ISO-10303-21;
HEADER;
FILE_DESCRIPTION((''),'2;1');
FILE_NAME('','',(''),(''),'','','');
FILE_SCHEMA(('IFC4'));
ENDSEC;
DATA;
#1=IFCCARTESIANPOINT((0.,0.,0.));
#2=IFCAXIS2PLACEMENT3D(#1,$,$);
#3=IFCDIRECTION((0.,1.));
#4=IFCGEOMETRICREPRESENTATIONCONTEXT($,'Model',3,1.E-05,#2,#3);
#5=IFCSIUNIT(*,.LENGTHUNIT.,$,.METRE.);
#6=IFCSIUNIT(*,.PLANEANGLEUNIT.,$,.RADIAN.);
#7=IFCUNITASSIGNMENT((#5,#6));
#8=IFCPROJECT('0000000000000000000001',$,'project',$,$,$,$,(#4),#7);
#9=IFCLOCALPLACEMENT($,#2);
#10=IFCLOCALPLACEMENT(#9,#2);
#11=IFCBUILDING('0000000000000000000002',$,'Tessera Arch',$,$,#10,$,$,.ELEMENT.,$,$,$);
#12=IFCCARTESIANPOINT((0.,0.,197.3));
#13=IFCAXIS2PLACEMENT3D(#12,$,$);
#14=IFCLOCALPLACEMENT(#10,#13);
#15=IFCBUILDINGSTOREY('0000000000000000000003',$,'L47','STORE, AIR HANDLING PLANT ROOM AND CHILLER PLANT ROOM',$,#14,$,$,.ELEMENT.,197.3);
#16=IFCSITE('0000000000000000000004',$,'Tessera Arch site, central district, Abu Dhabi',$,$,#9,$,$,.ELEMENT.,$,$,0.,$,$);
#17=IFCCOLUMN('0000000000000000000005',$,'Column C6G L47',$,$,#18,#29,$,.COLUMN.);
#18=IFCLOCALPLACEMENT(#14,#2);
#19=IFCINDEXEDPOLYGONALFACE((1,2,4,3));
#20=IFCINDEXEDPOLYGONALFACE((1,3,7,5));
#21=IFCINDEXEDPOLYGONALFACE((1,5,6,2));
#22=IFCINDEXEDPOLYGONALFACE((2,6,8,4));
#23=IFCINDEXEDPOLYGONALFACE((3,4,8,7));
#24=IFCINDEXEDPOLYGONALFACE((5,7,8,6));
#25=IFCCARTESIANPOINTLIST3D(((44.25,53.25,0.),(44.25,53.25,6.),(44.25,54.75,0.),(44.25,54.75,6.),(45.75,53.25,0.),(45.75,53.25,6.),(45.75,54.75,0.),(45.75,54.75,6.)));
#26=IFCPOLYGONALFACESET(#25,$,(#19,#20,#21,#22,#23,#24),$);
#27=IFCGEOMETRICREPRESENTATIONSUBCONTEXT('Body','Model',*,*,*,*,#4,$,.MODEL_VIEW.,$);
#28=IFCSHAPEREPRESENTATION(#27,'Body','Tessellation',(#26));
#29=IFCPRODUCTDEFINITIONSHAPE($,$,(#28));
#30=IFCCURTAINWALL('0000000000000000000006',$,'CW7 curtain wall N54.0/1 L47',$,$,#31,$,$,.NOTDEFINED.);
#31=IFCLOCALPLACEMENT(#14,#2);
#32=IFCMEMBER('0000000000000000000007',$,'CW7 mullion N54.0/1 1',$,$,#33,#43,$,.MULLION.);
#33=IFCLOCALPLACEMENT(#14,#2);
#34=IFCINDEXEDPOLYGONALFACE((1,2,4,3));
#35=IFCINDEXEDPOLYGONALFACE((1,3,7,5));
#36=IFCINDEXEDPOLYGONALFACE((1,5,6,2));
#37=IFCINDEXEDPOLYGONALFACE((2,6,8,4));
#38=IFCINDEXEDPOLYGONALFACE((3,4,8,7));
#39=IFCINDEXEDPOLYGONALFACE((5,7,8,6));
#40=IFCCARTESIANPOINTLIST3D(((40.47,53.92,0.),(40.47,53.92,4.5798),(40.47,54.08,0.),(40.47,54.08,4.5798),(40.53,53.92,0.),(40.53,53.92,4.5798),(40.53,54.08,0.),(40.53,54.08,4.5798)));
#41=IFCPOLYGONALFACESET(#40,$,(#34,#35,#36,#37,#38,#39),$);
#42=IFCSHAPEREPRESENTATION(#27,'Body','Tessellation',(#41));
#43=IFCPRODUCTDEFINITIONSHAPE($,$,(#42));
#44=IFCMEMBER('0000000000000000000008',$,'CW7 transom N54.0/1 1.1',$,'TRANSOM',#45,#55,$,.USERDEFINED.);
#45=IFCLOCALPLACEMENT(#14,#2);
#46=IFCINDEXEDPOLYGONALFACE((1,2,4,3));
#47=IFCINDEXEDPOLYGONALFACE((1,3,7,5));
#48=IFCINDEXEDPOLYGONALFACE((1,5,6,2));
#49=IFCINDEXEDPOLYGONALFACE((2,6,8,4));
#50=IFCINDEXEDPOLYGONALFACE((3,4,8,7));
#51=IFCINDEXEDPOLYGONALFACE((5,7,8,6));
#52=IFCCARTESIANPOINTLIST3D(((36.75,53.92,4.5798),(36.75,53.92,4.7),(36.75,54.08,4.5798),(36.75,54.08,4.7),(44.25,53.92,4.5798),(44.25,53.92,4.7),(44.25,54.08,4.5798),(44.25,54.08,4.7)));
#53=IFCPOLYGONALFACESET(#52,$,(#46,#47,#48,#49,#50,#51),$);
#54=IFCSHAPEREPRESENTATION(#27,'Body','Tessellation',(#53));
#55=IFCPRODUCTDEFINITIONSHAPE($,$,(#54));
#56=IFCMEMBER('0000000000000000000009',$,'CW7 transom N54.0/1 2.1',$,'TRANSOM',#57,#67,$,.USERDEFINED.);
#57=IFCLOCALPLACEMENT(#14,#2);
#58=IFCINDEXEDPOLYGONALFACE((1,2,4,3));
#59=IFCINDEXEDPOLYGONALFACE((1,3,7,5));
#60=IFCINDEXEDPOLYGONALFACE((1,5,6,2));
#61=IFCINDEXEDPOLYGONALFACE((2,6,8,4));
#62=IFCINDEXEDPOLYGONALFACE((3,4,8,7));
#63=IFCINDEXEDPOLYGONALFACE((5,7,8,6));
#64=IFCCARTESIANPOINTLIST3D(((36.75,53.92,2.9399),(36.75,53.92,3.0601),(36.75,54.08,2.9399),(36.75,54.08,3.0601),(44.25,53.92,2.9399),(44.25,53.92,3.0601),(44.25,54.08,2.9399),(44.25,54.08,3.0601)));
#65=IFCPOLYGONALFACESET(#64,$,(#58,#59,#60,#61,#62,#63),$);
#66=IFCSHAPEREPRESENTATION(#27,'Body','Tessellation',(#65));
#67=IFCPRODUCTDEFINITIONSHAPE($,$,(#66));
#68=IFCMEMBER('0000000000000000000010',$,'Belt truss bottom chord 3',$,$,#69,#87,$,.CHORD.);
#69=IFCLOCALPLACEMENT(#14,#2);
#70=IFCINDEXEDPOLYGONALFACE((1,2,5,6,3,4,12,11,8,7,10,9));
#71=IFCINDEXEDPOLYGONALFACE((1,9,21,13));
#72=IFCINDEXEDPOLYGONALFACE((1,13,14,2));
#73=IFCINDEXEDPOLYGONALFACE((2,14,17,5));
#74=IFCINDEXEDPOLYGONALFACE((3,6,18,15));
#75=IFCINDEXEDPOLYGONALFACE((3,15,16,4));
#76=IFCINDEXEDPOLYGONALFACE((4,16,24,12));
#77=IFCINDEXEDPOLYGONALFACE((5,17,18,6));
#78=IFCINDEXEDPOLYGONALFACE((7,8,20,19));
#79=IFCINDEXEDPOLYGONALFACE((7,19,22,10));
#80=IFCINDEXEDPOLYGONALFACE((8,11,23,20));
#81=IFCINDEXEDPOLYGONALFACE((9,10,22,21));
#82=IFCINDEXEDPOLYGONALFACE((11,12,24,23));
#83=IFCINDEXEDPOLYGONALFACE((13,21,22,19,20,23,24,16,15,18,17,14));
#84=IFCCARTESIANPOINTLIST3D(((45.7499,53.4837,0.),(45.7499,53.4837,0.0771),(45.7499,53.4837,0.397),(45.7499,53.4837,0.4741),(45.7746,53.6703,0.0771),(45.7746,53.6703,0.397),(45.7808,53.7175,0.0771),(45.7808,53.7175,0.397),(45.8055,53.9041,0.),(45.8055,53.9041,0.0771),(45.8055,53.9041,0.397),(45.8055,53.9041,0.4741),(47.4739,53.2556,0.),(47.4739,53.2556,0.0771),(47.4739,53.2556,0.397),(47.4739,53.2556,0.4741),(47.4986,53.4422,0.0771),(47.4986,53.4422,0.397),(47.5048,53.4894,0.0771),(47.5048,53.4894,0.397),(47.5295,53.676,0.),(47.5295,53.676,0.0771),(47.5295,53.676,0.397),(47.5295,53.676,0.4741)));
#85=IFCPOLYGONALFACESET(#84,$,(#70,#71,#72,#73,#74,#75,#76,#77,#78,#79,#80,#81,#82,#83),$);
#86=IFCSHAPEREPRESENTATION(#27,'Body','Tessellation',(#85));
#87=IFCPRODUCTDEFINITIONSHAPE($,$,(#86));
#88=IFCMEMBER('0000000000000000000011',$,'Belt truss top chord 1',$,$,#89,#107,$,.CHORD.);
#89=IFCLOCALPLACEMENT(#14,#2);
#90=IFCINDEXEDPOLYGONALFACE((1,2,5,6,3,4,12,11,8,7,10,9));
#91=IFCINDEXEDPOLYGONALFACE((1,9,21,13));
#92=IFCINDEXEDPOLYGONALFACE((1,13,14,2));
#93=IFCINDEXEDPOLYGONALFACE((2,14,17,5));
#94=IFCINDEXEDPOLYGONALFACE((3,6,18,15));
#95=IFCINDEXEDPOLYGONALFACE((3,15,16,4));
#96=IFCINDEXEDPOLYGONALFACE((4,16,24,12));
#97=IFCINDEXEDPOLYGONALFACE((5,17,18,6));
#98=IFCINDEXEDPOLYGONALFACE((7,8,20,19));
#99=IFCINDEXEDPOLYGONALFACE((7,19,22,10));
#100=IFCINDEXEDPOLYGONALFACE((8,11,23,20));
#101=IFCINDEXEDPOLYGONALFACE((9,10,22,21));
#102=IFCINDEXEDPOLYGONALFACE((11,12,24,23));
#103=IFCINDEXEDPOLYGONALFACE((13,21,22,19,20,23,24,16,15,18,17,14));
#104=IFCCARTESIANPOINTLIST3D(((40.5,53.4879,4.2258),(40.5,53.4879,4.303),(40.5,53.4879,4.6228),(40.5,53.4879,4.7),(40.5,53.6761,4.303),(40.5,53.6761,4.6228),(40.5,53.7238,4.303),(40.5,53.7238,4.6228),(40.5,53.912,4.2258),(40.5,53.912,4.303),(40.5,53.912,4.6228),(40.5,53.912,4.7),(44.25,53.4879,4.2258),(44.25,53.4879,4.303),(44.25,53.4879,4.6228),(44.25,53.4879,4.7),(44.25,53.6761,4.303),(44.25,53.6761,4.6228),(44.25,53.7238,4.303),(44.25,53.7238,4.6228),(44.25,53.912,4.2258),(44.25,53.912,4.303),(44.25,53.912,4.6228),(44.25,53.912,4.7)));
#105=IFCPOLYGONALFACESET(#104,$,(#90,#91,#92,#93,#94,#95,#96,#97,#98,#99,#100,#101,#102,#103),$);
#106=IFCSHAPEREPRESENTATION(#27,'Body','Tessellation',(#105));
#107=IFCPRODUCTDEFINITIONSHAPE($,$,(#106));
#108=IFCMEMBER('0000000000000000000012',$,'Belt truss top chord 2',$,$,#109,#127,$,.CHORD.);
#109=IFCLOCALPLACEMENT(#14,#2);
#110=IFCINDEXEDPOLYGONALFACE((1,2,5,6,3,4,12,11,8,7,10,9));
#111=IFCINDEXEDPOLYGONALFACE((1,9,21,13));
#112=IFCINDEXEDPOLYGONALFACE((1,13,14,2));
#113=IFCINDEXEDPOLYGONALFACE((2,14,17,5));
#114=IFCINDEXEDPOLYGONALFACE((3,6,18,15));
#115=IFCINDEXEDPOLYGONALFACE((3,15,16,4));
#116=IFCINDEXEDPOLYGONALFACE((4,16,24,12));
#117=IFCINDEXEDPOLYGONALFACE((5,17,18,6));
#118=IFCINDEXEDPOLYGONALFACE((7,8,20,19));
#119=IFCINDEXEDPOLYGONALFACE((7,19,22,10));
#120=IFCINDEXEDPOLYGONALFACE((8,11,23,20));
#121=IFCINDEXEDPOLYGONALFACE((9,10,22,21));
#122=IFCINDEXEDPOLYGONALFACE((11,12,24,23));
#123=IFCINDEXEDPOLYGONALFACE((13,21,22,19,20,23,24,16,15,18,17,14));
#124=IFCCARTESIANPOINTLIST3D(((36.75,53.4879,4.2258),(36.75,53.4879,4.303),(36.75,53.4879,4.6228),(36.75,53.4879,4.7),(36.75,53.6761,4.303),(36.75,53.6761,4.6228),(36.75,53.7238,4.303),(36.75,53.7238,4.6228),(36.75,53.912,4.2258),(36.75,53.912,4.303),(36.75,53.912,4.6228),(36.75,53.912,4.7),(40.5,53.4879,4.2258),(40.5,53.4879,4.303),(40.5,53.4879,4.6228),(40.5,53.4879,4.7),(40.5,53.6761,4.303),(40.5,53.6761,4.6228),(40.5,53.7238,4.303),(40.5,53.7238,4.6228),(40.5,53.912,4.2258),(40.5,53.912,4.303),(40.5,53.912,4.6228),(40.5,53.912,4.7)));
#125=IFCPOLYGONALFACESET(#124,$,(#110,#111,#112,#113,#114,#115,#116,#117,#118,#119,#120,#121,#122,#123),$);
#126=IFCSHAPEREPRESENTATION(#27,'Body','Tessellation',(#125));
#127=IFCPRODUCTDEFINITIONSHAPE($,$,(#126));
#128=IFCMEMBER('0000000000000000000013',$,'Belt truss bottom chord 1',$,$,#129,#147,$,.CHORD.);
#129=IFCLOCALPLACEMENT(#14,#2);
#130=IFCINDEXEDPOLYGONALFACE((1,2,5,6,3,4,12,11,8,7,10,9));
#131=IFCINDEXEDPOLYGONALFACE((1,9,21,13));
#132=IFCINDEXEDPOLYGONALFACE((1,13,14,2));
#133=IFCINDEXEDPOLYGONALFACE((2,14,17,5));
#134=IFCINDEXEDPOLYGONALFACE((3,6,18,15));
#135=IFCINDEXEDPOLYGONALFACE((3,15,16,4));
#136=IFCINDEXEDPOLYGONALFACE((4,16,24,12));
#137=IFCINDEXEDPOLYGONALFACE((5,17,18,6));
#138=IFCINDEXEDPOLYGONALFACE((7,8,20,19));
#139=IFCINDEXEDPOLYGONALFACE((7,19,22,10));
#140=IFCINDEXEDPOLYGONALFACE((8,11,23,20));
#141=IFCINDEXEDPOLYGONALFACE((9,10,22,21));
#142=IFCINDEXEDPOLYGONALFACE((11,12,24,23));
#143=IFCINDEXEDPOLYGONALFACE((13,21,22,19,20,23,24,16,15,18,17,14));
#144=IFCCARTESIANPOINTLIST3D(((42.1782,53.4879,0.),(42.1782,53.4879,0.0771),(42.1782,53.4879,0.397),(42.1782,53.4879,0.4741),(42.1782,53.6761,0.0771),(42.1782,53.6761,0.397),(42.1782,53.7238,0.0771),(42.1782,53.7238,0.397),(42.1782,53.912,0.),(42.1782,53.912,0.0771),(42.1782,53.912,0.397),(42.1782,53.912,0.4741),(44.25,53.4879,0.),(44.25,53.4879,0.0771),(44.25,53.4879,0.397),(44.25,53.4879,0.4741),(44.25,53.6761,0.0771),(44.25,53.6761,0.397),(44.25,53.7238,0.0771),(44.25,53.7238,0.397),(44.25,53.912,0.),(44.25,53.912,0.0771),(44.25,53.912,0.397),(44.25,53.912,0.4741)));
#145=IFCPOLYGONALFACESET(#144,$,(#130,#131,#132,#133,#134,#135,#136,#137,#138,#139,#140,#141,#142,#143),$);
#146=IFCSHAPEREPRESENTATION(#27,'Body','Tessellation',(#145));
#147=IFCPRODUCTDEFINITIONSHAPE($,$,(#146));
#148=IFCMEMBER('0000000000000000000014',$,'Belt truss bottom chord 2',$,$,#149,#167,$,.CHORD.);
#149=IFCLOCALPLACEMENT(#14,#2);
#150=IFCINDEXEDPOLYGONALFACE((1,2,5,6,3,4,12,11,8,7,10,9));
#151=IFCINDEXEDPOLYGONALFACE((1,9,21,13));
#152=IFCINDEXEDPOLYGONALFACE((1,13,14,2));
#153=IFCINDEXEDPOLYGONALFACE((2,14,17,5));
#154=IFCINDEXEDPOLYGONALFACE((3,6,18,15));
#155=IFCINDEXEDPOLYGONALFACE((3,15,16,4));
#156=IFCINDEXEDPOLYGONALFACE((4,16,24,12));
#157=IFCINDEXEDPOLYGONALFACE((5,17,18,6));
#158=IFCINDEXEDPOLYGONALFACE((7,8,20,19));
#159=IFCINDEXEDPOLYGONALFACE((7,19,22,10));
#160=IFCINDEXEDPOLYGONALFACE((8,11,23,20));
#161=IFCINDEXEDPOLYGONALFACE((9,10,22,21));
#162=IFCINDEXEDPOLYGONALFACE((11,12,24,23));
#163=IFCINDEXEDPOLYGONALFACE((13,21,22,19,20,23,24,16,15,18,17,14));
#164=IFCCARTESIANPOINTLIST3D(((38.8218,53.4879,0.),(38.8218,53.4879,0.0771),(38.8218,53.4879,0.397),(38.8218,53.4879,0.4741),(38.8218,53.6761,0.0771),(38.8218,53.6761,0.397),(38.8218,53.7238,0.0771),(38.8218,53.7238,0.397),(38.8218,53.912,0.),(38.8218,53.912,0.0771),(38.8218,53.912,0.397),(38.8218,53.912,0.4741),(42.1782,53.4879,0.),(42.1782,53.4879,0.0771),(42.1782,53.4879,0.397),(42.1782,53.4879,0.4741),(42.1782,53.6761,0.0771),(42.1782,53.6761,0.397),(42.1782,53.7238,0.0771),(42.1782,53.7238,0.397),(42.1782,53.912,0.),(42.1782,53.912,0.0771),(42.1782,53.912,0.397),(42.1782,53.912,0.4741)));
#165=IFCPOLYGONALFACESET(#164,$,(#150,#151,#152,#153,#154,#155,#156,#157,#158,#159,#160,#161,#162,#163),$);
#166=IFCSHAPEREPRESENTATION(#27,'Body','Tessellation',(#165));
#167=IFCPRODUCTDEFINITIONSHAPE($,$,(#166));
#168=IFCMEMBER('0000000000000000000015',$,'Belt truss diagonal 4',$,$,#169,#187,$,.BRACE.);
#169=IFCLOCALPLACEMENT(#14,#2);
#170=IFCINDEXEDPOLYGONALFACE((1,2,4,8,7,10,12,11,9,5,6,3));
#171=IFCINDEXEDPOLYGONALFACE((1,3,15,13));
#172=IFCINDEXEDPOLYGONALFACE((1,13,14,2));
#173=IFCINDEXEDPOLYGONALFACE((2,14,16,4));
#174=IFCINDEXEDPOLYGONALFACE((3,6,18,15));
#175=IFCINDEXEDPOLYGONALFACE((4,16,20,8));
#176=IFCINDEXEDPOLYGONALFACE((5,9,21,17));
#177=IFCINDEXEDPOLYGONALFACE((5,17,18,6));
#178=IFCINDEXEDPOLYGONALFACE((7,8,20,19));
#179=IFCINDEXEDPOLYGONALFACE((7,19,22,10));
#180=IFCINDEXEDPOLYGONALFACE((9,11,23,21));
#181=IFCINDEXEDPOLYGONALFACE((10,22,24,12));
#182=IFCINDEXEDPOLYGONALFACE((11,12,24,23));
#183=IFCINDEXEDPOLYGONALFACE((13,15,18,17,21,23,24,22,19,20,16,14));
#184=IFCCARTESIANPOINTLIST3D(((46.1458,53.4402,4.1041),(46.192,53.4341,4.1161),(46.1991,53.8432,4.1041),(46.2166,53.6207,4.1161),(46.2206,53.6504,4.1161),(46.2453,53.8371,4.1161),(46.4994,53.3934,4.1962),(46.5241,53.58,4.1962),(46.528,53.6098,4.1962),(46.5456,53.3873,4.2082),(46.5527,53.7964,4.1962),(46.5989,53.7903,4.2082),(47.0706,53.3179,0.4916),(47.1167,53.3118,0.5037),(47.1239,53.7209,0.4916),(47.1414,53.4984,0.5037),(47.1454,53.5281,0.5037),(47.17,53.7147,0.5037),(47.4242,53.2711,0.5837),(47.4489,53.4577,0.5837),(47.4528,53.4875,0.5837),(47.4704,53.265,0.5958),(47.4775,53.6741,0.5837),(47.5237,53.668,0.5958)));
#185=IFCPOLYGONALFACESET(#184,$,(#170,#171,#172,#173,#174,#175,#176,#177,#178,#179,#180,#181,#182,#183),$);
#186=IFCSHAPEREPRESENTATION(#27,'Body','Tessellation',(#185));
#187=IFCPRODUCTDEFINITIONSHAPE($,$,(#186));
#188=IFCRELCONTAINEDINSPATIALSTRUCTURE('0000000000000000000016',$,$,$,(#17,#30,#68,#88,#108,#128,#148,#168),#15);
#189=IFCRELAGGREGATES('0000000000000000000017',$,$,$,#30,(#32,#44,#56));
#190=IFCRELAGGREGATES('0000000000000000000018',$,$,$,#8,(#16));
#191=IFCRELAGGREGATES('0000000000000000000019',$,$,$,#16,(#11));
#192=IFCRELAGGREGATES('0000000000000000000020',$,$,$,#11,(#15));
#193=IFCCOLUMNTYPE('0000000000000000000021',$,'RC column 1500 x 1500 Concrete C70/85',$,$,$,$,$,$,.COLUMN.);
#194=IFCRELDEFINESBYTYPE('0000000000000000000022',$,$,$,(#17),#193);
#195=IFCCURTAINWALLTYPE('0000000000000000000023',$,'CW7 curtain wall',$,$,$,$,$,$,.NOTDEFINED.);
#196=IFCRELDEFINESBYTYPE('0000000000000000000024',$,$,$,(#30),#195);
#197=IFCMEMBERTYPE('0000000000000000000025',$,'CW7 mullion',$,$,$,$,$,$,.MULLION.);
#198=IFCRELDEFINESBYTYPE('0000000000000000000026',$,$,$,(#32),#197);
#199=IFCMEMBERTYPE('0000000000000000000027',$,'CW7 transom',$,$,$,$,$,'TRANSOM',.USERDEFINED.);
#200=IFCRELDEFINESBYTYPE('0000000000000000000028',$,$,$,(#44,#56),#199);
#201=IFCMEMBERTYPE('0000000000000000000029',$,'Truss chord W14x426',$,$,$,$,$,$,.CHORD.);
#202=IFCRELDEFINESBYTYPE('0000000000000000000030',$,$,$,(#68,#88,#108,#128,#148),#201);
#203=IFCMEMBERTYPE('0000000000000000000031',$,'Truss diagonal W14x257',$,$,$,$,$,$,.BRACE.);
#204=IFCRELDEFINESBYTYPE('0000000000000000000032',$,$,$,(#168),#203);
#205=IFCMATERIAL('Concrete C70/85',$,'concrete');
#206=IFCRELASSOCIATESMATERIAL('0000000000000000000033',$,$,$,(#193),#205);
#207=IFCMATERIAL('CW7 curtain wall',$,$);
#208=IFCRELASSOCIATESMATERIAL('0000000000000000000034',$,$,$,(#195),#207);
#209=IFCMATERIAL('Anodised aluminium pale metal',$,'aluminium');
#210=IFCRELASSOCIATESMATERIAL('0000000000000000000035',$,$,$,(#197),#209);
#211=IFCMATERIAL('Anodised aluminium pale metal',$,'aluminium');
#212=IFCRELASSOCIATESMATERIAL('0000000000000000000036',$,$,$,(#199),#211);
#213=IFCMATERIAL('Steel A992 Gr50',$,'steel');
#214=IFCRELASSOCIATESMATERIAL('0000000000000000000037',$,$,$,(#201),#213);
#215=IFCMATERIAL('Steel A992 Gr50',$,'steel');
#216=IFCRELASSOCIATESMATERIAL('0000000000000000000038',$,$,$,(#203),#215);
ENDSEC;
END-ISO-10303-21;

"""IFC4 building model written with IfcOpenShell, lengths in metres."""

from ifc_helpers import new_model, si_unit, direction, frame, origin, origin_2d, place, context, subcontext, project, spatial, rectangle, i_section, extrude, material, material_profile, profile_set, type_object, element, aggregate, save


model = new_model("IFC4")

# Units and contexts
model_context = context("Model", 3, precision=1e-05, world=origin(), true_north=direction((0.0, 1.0)))
body_context = subcontext(model_context, "Body", "Model", "MODEL_VIEW")
ifc_project = project(units=[si_unit("LENGTHUNIT", "METRE"), si_unit("PLANEANGLEUNIT", "RADIAN")], contexts=[model_context])

# Site, building, storey
site_placement = place(None, origin())
site = spatial("IfcSite", under=ifc_project, at=site_placement, Name="Tessera Arch site, central district, Abu Dhabi", CompositionType="ELEMENT", RefElevation=0.0)
building_placement = place(site_placement, origin())
building = spatial("IfcBuilding", under=site, at=building_placement, Name="Tessera Arch", CompositionType="ELEMENT")
storey_placement = place(building_placement, frame((0.0, 0.0, 197.3)))
storey = spatial("IfcBuildingStorey", under=building, at=storey_placement, Name="L47", Description="STORE, AIR HANDLING PLANT ROOM AND CHILLER PLANT ROOM", CompositionType="ELEMENT", Elevation=197.3)

# Column
ifc_material_1 = material(Name="Concrete C70/85", Category="concrete")
ifc_material_profile_1 = material_profile(ifc_material_1, rectangle(XDim=1.5, YDim=1.5, at=origin_2d()), Name="RC column 1500 x 1500 Concrete C70/85")
ifc_profile_set_1 = profile_set([ifc_material_profile_1], Name="Concrete C70/85")
column_type = type_object("IfcColumnType", Name="RC column 1500 x 1500 Concrete C70/85", PredefinedType="COLUMN", material=ifc_profile_set_1)
column_placement = place(storey_placement, frame((45.0, 54.0, 0.0), z_axis=(0.0, 0.0, 1.0), x_axis=(1.0, 0.0, 0.0)))
element("IfcColumn", 1, at=column_placement, inside=storey, type_object=column_type, Name="Column C6G L47", PredefinedType="COLUMN", context=body_context, shape_type="SweptSolid", body=[
    extrude(rectangle(XDim=1.5, YDim=1.5, at=origin_2d()), origin(), (0.0, 0.0, 1.0), 6.0),
])

# Curtain wall, members
ifc_material_2 = material(Name="CW7 curtain wall")
curtain_wall_type = type_object("IfcCurtainWallType", Name="CW7 curtain wall", PredefinedType="NOTDEFINED", material=ifc_material_2)
curtain_wall_1_placement = place(storey_placement, origin())
curtain_wall_1 = element("IfcCurtainWall", 2, at=curtain_wall_1_placement, inside=storey, type_object=curtain_wall_type, Name="CW7 curtain wall N54.0/1 L47", PredefinedType="NOTDEFINED")
ifc_material_3 = material(Name="Anodised aluminium pale metal", Category="aluminium")
ifc_material_profile_2 = material_profile(ifc_material_3, rectangle(XDim=0.1599, YDim=0.0601, at=origin_2d()), Name="AL 60x160")
ifc_profile_set_2 = profile_set([ifc_material_profile_2], Name="Anodised aluminium pale metal")
member_type_1 = type_object("IfcMemberType", Name="CW7 mullion", PredefinedType="MULLION", material=ifc_profile_set_2)
member_1_placement = place(storey_placement, frame((40.5, 54.0, 0.0), z_axis=(0.0, 0.0, 1.0), x_axis=(0.0, -1.0, 0.0)))
member_1 = element("IfcMember", 3, at=member_1_placement, type_object=member_type_1, Name="CW7 mullion N54.0/1 1", PredefinedType="MULLION", context=body_context, shape_type="SweptSolid", body=[
    extrude(rectangle(XDim=0.1599, YDim=0.0601, at=origin_2d()), origin(), (0.0, 0.0, 1.0), 4.5798),
])
ifc_material_4 = material(Name="Anodised aluminium pale metal", Category="aluminium")
ifc_material_profile_3 = material_profile(ifc_material_4, rectangle(XDim=0.1599, YDim=0.1201, at=origin_2d()), Name="AL 160x120")
ifc_profile_set_3 = profile_set([ifc_material_profile_3], Name="Anodised aluminium pale metal")
member_type_2 = type_object("IfcMemberType", Name="CW7 transom", ElementType="TRANSOM", PredefinedType="USERDEFINED", material=ifc_profile_set_3)
member_2_placement = place(storey_placement, frame((44.25, 54.0, 4.6399), z_axis=(-1.0, 0.0, 0.0), x_axis=(0.0, -1.0, 0.0)))
member_2 = element("IfcMember", 4, at=member_2_placement, type_object=member_type_2, Name="CW7 transom N54.0/1 1.1", ObjectType="TRANSOM", PredefinedType="USERDEFINED", context=body_context, shape_type="SweptSolid", body=[
    extrude(rectangle(XDim=0.1599, YDim=0.1201, at=origin_2d()), origin(), (0.0, 0.0, 1.0), 7.5),
])
member_3_placement = place(storey_placement, frame((44.25, 54.0, 3.0), z_axis=(-1.0, 0.0, 0.0), x_axis=(0.0, -1.0, 0.0)))
member_3 = element("IfcMember", 5, at=member_3_placement, type_object=member_type_2, Name="CW7 transom N54.0/1 2.1", ObjectType="TRANSOM", PredefinedType="USERDEFINED", context=body_context, shape_type="SweptSolid", body=[
    extrude(rectangle(XDim=0.1599, YDim=0.1201, at=origin_2d()), origin(), (0.0, 0.0, 1.0), 7.5),
])

# Members
ifc_material_5 = material(Name="Steel A992 Gr50", Category="steel")
ifc_material_profile_4 = material_profile(ifc_material_5, i_section(OverallWidth=0.4241, OverallDepth=0.4741, WebThickness=0.0476, FlangeThickness=0.0771, at=origin_2d()), Name="W14x426")
ifc_profile_set_4 = profile_set([ifc_material_profile_4], Name="Steel A992 Gr50")
member_type_3 = type_object("IfcMemberType", Name="Truss chord W14x426", PredefinedType="CHORD", material=ifc_profile_set_4)
member_4_placement = place(storey_placement, frame((47.5017, 53.4658, 0.2371), z_axis=(-0.991365, 0.131134, 0.0), x_axis=(-0.131134, -0.991365, 0.0)))
element("IfcMember", 6, at=member_4_placement, inside=storey, type_object=member_type_3, Name="Belt truss bottom chord 3", PredefinedType="CHORD", context=body_context, shape_type="SweptSolid", body=[
    extrude(i_section(OverallWidth=0.4241, OverallDepth=0.4741, WebThickness=0.0476, FlangeThickness=0.0771, at=origin_2d()), origin(), (0.0, 0.0, 1.0), 1.739),
])
for number, where, z_axis, x_axis, name in (
    (7, (44.25, 53.7, 4.4629), (-1.0, 0.0, 0.0), (0.0, -1.0, 0.0), "Belt truss top chord 1"),
    (8, (40.5, 53.7, 4.4629), (-1.0, 0.0, 0.0), (0.0, -1.0, 0.0), "Belt truss top chord 2"),
):
    element("IfcMember", number, at=place(storey_placement, frame(where, z_axis=z_axis, x_axis=x_axis)), inside=storey, type_object=member_type_3, Name=name, PredefinedType="CHORD", context=body_context, shape_type="SweptSolid", body=[
        extrude(i_section(OverallWidth=0.4241, OverallDepth=0.4741, WebThickness=0.0476, FlangeThickness=0.0771, at=origin_2d()), origin(), (0.0, 0.0, 1.0), 3.75),
    ])
member_5_placement = place(storey_placement, frame((44.25, 53.7, 0.2371), z_axis=(-1.0, 0.0, 0.0), x_axis=(0.0, -1.0, 0.0)))
element("IfcMember", 9, at=member_5_placement, inside=storey, type_object=member_type_3, Name="Belt truss bottom chord 1", PredefinedType="CHORD", context=body_context, shape_type="SweptSolid", body=[
    extrude(i_section(OverallWidth=0.4241, OverallDepth=0.4741, WebThickness=0.0476, FlangeThickness=0.0771, at=origin_2d()), origin(), (0.0, 0.0, 1.0), 2.0718),
])
member_6_placement = place(storey_placement, frame((42.1782, 53.7, 0.2371), z_axis=(-1.0, 0.0, 0.0), x_axis=(0.0, -1.0, 0.0)))
element("IfcMember", 10, at=member_6_placement, inside=storey, type_object=member_type_3, Name="Belt truss bottom chord 2", PredefinedType="CHORD", context=body_context, shape_type="SweptSolid", body=[
    extrude(i_section(OverallWidth=0.4241, OverallDepth=0.4741, WebThickness=0.0476, FlangeThickness=0.0771, at=origin_2d()), origin(), (0.0, 0.0, 1.0), 3.3564),
])
ifc_material_6 = material(Name="Steel A992 Gr50", Category="steel")
ifc_material_profile_5 = material_profile(ifc_material_6, i_section(OverallWidth=0.4065, OverallDepth=0.4165, WebThickness=0.03, FlangeThickness=0.0481, at=origin_2d()), Name="W14x257")
ifc_profile_set_5 = profile_set([ifc_material_profile_5], Name="Steel A992 Gr50")
member_type_4 = type_object("IfcMemberType", Name="Truss diagonal W14x257", PredefinedType="BRACE", material=ifc_profile_set_5)
member_7_placement = place(storey_placement, frame((47.2971, 53.4929, 0.5437), z_axis=(-0.247867, 0.032783, 0.968239), x_axis=(-0.131118, -0.991367, 0.0)))
element("IfcMember", 11, at=member_7_placement, inside=storey, type_object=member_type_4, Name="Belt truss diagonal 4", PredefinedType="BRACE", context=body_context, shape_type="SweptSolid", body=[
    extrude(i_section(OverallWidth=0.4065, OverallDepth=0.4165, WebThickness=0.03, FlangeThickness=0.0481, at=origin_2d()), origin(), (0.0, 0.0, 1.0), 3.731),
])

aggregate(curtain_wall_1, [member_1, member_2, member_3])

save(model, "model.ifc")
